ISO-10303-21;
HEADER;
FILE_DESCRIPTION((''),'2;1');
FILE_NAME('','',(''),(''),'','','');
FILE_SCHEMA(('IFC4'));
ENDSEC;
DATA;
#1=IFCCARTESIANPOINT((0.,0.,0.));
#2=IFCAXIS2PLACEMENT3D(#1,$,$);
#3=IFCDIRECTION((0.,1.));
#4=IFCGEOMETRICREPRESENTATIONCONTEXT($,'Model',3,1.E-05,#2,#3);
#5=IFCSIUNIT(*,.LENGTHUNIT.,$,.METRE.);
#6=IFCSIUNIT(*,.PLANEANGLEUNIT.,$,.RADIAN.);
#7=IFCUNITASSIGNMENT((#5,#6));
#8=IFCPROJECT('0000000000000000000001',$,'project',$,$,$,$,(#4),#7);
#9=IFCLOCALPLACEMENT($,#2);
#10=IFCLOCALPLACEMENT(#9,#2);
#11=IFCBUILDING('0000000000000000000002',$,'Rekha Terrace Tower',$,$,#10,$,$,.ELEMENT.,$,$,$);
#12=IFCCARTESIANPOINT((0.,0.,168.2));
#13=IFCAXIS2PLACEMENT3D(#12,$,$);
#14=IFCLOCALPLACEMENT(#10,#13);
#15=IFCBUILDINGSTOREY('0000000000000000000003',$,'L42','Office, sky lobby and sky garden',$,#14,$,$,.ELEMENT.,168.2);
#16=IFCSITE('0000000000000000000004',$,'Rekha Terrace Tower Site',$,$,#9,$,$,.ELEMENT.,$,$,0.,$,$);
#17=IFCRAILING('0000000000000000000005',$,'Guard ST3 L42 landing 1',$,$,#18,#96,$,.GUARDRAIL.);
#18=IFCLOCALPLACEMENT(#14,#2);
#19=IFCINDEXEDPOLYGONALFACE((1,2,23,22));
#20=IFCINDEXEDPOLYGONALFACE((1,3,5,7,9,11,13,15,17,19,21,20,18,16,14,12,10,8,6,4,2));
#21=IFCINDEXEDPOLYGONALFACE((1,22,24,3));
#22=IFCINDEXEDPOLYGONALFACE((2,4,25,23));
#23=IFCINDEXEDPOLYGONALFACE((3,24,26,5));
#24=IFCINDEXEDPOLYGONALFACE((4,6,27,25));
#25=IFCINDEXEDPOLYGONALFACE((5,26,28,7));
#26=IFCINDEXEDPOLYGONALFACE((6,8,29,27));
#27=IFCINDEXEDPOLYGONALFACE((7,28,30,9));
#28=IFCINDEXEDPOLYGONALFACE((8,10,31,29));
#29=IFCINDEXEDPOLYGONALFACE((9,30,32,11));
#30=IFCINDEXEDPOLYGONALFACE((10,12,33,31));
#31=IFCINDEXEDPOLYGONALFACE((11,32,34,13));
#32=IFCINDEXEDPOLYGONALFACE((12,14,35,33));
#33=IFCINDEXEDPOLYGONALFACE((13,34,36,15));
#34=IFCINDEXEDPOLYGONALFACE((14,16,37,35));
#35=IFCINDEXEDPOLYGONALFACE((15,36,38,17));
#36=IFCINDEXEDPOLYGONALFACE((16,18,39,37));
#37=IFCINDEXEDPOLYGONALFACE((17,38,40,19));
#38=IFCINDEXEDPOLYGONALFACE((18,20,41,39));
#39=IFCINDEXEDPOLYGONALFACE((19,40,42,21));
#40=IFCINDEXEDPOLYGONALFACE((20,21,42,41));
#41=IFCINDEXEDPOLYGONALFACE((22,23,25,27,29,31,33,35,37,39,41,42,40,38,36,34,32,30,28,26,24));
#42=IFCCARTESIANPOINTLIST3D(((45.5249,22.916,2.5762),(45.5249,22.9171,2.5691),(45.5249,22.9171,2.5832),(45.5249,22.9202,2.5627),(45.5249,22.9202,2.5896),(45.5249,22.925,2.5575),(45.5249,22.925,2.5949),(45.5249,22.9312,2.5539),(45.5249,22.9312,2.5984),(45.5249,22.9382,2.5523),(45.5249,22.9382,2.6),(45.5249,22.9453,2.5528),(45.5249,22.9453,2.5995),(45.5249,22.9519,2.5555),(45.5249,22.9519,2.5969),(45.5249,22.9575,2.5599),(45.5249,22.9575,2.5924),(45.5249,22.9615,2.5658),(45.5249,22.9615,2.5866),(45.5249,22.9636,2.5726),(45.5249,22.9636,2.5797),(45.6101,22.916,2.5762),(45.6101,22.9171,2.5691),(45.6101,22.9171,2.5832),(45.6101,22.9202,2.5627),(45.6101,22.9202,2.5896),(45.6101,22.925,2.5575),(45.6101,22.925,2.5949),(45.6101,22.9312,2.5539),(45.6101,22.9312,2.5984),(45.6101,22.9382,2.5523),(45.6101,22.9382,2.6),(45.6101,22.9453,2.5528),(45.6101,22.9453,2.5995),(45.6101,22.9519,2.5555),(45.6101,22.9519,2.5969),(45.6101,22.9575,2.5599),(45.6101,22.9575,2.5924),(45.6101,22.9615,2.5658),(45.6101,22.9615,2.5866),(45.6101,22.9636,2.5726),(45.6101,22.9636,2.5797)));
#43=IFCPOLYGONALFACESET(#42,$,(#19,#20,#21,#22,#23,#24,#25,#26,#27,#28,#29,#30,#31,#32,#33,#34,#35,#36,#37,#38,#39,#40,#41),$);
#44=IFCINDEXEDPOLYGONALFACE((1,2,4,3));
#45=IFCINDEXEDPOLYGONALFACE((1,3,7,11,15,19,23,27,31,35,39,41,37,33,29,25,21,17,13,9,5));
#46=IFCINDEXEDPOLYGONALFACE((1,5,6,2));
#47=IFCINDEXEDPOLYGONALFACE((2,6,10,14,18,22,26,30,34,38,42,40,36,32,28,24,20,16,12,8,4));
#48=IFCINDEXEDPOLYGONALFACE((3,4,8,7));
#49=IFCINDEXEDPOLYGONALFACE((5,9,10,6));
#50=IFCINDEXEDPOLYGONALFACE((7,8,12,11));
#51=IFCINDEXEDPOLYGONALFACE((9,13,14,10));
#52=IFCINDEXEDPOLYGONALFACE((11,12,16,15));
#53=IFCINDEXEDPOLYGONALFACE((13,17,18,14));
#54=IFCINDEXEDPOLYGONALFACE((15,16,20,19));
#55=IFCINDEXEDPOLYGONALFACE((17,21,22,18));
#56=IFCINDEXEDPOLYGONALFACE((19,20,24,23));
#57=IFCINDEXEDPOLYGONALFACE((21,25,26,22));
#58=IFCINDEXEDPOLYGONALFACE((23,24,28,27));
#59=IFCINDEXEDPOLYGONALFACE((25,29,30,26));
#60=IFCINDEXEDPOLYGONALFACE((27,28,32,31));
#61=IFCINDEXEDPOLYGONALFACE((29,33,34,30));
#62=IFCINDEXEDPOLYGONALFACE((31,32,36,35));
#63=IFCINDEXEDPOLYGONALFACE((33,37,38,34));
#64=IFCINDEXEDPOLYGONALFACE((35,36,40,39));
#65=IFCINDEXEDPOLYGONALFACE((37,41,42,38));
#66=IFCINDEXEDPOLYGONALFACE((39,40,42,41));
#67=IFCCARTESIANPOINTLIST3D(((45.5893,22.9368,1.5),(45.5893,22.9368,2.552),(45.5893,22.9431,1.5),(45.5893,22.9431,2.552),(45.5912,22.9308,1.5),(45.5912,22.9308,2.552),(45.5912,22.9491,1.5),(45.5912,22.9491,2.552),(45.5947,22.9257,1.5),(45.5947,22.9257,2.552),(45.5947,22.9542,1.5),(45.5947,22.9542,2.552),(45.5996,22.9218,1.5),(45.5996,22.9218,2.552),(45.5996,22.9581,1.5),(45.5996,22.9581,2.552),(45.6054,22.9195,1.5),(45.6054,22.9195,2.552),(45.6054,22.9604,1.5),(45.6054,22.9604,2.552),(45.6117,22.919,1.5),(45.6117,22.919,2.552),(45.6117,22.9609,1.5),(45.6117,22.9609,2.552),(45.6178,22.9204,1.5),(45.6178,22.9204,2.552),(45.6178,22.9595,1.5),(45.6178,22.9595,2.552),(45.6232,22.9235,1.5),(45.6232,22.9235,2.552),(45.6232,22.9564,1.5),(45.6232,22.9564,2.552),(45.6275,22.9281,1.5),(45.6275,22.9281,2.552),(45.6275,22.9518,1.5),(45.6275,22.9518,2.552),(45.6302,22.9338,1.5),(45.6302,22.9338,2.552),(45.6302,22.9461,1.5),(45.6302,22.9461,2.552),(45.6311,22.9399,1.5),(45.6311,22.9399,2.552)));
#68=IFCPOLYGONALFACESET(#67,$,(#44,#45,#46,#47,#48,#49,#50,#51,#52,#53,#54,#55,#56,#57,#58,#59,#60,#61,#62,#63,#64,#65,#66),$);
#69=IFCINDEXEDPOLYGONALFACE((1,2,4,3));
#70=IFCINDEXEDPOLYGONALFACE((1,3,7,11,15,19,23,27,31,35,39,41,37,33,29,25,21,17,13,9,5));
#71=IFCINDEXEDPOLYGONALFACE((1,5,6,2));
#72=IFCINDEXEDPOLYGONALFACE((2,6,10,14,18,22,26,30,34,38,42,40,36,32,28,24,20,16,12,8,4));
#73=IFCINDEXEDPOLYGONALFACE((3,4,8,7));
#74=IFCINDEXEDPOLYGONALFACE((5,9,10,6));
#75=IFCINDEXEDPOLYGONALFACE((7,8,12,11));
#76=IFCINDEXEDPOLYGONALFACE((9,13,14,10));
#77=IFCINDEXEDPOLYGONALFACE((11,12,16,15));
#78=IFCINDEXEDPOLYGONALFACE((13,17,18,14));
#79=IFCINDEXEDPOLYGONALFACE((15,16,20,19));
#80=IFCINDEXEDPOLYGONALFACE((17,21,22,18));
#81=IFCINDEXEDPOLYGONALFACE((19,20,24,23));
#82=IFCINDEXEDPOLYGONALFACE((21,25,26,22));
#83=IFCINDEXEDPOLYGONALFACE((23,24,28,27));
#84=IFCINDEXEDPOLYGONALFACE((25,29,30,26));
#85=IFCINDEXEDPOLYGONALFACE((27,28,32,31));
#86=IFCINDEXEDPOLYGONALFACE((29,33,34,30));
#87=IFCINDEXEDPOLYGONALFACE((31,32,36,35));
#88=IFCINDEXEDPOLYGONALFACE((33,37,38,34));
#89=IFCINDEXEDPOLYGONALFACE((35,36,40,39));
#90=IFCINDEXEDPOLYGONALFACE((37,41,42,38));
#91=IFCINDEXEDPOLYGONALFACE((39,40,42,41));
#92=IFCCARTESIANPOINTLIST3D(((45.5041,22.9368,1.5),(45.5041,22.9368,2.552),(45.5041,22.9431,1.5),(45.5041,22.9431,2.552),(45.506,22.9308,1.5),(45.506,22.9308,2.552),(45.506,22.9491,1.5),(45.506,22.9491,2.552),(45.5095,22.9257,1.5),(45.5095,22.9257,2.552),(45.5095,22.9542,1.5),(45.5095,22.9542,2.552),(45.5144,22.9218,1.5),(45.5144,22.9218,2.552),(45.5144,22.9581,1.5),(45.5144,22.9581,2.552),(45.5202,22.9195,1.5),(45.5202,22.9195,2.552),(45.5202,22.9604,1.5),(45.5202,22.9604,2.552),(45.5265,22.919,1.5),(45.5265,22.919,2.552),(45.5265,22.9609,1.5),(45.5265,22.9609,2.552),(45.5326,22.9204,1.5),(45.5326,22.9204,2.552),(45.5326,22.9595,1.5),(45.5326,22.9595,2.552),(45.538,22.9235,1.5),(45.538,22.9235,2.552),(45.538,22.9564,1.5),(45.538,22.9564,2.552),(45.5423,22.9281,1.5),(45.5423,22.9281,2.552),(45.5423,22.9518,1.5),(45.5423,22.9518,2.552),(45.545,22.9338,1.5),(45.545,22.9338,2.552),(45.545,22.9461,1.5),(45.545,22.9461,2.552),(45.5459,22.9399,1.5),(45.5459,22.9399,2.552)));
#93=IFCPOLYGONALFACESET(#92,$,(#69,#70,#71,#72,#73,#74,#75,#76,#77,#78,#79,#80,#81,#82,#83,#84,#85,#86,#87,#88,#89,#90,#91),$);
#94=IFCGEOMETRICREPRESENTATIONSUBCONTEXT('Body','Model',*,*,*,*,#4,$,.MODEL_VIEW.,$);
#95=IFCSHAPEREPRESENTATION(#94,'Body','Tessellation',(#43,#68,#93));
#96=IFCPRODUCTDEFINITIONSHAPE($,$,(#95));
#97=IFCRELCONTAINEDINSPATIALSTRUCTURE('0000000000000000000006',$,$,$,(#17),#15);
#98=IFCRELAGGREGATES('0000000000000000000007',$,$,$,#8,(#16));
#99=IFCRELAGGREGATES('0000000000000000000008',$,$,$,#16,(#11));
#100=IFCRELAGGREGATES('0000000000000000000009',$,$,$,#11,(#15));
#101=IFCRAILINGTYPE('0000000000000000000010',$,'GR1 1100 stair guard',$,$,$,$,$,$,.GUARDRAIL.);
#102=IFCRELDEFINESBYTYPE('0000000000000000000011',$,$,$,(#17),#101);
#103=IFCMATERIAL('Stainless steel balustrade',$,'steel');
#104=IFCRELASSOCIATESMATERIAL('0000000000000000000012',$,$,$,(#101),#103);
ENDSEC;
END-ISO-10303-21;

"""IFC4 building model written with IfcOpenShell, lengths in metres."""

from ifc_helpers import new_model, si_unit, direction, frame, origin, origin_2d, place, context, subcontext, project, spatial, circle, extrude, material, type_object, element, save


model = new_model("IFC4")

# Units and contexts
model_context = context("Model", 3, precision=1e-05, world=origin(), true_north=direction((0.0, 1.0)))
body_context = subcontext(model_context, "Body", "Model", "MODEL_VIEW")
ifc_project = project(units=[si_unit("LENGTHUNIT", "METRE"), si_unit("PLANEANGLEUNIT", "RADIAN")], contexts=[model_context])

# Site, building, storey
site_placement = place(None, origin())
site = spatial("IfcSite", under=ifc_project, at=site_placement, Name="Rekha Terrace Tower Site", CompositionType="ELEMENT", RefElevation=0.0)
building_placement = place(site_placement, origin())
building = spatial("IfcBuilding", under=site, at=building_placement, Name="Rekha Terrace Tower", CompositionType="ELEMENT")
storey_placement = place(building_placement, frame((0.0, 0.0, 168.2)))
storey = spatial("IfcBuildingStorey", under=building, at=storey_placement, Name="L42", Description="Office, sky lobby and sky garden", CompositionType="ELEMENT", Elevation=168.2)

# Railing
ifc_material_1 = material(Name="Stainless steel balustrade", Category="steel")
railing_type_1 = type_object("IfcRailingType", Name="GR1 1100 stair guard", PredefinedType="GUARDRAIL", material=ifc_material_1)
railing_1_placement = place(storey_placement, frame((45.6101, 22.9399, 1.5)))
element("IfcRailing", 1, at=railing_1_placement, inside=storey, type_object=railing_type_1, Name="Guard ST3 L42 landing 1", PredefinedType="GUARDRAIL", context=body_context, shape_type="SweptSolid", body=[
    extrude(circle(Radius=0.0239, at=origin_2d()), frame((0.0, 0.0, 1.0762), z_axis=(-1.0, 0.0, 0.0), x_axis=(0.0, -1.0, 0.0)), (0.0, 0.0, 1.0), 0.0852),
    extrude(circle(Radius=0.021, at=origin_2d()), origin(), (0.0, 0.0, 1.0), 1.052),
    extrude(circle(Radius=0.021, at=origin_2d()), frame((-0.0852, 0.0, 0.0)), (0.0, 0.0, 1.0), 1.052),
])

save(model, "model.ifc")
